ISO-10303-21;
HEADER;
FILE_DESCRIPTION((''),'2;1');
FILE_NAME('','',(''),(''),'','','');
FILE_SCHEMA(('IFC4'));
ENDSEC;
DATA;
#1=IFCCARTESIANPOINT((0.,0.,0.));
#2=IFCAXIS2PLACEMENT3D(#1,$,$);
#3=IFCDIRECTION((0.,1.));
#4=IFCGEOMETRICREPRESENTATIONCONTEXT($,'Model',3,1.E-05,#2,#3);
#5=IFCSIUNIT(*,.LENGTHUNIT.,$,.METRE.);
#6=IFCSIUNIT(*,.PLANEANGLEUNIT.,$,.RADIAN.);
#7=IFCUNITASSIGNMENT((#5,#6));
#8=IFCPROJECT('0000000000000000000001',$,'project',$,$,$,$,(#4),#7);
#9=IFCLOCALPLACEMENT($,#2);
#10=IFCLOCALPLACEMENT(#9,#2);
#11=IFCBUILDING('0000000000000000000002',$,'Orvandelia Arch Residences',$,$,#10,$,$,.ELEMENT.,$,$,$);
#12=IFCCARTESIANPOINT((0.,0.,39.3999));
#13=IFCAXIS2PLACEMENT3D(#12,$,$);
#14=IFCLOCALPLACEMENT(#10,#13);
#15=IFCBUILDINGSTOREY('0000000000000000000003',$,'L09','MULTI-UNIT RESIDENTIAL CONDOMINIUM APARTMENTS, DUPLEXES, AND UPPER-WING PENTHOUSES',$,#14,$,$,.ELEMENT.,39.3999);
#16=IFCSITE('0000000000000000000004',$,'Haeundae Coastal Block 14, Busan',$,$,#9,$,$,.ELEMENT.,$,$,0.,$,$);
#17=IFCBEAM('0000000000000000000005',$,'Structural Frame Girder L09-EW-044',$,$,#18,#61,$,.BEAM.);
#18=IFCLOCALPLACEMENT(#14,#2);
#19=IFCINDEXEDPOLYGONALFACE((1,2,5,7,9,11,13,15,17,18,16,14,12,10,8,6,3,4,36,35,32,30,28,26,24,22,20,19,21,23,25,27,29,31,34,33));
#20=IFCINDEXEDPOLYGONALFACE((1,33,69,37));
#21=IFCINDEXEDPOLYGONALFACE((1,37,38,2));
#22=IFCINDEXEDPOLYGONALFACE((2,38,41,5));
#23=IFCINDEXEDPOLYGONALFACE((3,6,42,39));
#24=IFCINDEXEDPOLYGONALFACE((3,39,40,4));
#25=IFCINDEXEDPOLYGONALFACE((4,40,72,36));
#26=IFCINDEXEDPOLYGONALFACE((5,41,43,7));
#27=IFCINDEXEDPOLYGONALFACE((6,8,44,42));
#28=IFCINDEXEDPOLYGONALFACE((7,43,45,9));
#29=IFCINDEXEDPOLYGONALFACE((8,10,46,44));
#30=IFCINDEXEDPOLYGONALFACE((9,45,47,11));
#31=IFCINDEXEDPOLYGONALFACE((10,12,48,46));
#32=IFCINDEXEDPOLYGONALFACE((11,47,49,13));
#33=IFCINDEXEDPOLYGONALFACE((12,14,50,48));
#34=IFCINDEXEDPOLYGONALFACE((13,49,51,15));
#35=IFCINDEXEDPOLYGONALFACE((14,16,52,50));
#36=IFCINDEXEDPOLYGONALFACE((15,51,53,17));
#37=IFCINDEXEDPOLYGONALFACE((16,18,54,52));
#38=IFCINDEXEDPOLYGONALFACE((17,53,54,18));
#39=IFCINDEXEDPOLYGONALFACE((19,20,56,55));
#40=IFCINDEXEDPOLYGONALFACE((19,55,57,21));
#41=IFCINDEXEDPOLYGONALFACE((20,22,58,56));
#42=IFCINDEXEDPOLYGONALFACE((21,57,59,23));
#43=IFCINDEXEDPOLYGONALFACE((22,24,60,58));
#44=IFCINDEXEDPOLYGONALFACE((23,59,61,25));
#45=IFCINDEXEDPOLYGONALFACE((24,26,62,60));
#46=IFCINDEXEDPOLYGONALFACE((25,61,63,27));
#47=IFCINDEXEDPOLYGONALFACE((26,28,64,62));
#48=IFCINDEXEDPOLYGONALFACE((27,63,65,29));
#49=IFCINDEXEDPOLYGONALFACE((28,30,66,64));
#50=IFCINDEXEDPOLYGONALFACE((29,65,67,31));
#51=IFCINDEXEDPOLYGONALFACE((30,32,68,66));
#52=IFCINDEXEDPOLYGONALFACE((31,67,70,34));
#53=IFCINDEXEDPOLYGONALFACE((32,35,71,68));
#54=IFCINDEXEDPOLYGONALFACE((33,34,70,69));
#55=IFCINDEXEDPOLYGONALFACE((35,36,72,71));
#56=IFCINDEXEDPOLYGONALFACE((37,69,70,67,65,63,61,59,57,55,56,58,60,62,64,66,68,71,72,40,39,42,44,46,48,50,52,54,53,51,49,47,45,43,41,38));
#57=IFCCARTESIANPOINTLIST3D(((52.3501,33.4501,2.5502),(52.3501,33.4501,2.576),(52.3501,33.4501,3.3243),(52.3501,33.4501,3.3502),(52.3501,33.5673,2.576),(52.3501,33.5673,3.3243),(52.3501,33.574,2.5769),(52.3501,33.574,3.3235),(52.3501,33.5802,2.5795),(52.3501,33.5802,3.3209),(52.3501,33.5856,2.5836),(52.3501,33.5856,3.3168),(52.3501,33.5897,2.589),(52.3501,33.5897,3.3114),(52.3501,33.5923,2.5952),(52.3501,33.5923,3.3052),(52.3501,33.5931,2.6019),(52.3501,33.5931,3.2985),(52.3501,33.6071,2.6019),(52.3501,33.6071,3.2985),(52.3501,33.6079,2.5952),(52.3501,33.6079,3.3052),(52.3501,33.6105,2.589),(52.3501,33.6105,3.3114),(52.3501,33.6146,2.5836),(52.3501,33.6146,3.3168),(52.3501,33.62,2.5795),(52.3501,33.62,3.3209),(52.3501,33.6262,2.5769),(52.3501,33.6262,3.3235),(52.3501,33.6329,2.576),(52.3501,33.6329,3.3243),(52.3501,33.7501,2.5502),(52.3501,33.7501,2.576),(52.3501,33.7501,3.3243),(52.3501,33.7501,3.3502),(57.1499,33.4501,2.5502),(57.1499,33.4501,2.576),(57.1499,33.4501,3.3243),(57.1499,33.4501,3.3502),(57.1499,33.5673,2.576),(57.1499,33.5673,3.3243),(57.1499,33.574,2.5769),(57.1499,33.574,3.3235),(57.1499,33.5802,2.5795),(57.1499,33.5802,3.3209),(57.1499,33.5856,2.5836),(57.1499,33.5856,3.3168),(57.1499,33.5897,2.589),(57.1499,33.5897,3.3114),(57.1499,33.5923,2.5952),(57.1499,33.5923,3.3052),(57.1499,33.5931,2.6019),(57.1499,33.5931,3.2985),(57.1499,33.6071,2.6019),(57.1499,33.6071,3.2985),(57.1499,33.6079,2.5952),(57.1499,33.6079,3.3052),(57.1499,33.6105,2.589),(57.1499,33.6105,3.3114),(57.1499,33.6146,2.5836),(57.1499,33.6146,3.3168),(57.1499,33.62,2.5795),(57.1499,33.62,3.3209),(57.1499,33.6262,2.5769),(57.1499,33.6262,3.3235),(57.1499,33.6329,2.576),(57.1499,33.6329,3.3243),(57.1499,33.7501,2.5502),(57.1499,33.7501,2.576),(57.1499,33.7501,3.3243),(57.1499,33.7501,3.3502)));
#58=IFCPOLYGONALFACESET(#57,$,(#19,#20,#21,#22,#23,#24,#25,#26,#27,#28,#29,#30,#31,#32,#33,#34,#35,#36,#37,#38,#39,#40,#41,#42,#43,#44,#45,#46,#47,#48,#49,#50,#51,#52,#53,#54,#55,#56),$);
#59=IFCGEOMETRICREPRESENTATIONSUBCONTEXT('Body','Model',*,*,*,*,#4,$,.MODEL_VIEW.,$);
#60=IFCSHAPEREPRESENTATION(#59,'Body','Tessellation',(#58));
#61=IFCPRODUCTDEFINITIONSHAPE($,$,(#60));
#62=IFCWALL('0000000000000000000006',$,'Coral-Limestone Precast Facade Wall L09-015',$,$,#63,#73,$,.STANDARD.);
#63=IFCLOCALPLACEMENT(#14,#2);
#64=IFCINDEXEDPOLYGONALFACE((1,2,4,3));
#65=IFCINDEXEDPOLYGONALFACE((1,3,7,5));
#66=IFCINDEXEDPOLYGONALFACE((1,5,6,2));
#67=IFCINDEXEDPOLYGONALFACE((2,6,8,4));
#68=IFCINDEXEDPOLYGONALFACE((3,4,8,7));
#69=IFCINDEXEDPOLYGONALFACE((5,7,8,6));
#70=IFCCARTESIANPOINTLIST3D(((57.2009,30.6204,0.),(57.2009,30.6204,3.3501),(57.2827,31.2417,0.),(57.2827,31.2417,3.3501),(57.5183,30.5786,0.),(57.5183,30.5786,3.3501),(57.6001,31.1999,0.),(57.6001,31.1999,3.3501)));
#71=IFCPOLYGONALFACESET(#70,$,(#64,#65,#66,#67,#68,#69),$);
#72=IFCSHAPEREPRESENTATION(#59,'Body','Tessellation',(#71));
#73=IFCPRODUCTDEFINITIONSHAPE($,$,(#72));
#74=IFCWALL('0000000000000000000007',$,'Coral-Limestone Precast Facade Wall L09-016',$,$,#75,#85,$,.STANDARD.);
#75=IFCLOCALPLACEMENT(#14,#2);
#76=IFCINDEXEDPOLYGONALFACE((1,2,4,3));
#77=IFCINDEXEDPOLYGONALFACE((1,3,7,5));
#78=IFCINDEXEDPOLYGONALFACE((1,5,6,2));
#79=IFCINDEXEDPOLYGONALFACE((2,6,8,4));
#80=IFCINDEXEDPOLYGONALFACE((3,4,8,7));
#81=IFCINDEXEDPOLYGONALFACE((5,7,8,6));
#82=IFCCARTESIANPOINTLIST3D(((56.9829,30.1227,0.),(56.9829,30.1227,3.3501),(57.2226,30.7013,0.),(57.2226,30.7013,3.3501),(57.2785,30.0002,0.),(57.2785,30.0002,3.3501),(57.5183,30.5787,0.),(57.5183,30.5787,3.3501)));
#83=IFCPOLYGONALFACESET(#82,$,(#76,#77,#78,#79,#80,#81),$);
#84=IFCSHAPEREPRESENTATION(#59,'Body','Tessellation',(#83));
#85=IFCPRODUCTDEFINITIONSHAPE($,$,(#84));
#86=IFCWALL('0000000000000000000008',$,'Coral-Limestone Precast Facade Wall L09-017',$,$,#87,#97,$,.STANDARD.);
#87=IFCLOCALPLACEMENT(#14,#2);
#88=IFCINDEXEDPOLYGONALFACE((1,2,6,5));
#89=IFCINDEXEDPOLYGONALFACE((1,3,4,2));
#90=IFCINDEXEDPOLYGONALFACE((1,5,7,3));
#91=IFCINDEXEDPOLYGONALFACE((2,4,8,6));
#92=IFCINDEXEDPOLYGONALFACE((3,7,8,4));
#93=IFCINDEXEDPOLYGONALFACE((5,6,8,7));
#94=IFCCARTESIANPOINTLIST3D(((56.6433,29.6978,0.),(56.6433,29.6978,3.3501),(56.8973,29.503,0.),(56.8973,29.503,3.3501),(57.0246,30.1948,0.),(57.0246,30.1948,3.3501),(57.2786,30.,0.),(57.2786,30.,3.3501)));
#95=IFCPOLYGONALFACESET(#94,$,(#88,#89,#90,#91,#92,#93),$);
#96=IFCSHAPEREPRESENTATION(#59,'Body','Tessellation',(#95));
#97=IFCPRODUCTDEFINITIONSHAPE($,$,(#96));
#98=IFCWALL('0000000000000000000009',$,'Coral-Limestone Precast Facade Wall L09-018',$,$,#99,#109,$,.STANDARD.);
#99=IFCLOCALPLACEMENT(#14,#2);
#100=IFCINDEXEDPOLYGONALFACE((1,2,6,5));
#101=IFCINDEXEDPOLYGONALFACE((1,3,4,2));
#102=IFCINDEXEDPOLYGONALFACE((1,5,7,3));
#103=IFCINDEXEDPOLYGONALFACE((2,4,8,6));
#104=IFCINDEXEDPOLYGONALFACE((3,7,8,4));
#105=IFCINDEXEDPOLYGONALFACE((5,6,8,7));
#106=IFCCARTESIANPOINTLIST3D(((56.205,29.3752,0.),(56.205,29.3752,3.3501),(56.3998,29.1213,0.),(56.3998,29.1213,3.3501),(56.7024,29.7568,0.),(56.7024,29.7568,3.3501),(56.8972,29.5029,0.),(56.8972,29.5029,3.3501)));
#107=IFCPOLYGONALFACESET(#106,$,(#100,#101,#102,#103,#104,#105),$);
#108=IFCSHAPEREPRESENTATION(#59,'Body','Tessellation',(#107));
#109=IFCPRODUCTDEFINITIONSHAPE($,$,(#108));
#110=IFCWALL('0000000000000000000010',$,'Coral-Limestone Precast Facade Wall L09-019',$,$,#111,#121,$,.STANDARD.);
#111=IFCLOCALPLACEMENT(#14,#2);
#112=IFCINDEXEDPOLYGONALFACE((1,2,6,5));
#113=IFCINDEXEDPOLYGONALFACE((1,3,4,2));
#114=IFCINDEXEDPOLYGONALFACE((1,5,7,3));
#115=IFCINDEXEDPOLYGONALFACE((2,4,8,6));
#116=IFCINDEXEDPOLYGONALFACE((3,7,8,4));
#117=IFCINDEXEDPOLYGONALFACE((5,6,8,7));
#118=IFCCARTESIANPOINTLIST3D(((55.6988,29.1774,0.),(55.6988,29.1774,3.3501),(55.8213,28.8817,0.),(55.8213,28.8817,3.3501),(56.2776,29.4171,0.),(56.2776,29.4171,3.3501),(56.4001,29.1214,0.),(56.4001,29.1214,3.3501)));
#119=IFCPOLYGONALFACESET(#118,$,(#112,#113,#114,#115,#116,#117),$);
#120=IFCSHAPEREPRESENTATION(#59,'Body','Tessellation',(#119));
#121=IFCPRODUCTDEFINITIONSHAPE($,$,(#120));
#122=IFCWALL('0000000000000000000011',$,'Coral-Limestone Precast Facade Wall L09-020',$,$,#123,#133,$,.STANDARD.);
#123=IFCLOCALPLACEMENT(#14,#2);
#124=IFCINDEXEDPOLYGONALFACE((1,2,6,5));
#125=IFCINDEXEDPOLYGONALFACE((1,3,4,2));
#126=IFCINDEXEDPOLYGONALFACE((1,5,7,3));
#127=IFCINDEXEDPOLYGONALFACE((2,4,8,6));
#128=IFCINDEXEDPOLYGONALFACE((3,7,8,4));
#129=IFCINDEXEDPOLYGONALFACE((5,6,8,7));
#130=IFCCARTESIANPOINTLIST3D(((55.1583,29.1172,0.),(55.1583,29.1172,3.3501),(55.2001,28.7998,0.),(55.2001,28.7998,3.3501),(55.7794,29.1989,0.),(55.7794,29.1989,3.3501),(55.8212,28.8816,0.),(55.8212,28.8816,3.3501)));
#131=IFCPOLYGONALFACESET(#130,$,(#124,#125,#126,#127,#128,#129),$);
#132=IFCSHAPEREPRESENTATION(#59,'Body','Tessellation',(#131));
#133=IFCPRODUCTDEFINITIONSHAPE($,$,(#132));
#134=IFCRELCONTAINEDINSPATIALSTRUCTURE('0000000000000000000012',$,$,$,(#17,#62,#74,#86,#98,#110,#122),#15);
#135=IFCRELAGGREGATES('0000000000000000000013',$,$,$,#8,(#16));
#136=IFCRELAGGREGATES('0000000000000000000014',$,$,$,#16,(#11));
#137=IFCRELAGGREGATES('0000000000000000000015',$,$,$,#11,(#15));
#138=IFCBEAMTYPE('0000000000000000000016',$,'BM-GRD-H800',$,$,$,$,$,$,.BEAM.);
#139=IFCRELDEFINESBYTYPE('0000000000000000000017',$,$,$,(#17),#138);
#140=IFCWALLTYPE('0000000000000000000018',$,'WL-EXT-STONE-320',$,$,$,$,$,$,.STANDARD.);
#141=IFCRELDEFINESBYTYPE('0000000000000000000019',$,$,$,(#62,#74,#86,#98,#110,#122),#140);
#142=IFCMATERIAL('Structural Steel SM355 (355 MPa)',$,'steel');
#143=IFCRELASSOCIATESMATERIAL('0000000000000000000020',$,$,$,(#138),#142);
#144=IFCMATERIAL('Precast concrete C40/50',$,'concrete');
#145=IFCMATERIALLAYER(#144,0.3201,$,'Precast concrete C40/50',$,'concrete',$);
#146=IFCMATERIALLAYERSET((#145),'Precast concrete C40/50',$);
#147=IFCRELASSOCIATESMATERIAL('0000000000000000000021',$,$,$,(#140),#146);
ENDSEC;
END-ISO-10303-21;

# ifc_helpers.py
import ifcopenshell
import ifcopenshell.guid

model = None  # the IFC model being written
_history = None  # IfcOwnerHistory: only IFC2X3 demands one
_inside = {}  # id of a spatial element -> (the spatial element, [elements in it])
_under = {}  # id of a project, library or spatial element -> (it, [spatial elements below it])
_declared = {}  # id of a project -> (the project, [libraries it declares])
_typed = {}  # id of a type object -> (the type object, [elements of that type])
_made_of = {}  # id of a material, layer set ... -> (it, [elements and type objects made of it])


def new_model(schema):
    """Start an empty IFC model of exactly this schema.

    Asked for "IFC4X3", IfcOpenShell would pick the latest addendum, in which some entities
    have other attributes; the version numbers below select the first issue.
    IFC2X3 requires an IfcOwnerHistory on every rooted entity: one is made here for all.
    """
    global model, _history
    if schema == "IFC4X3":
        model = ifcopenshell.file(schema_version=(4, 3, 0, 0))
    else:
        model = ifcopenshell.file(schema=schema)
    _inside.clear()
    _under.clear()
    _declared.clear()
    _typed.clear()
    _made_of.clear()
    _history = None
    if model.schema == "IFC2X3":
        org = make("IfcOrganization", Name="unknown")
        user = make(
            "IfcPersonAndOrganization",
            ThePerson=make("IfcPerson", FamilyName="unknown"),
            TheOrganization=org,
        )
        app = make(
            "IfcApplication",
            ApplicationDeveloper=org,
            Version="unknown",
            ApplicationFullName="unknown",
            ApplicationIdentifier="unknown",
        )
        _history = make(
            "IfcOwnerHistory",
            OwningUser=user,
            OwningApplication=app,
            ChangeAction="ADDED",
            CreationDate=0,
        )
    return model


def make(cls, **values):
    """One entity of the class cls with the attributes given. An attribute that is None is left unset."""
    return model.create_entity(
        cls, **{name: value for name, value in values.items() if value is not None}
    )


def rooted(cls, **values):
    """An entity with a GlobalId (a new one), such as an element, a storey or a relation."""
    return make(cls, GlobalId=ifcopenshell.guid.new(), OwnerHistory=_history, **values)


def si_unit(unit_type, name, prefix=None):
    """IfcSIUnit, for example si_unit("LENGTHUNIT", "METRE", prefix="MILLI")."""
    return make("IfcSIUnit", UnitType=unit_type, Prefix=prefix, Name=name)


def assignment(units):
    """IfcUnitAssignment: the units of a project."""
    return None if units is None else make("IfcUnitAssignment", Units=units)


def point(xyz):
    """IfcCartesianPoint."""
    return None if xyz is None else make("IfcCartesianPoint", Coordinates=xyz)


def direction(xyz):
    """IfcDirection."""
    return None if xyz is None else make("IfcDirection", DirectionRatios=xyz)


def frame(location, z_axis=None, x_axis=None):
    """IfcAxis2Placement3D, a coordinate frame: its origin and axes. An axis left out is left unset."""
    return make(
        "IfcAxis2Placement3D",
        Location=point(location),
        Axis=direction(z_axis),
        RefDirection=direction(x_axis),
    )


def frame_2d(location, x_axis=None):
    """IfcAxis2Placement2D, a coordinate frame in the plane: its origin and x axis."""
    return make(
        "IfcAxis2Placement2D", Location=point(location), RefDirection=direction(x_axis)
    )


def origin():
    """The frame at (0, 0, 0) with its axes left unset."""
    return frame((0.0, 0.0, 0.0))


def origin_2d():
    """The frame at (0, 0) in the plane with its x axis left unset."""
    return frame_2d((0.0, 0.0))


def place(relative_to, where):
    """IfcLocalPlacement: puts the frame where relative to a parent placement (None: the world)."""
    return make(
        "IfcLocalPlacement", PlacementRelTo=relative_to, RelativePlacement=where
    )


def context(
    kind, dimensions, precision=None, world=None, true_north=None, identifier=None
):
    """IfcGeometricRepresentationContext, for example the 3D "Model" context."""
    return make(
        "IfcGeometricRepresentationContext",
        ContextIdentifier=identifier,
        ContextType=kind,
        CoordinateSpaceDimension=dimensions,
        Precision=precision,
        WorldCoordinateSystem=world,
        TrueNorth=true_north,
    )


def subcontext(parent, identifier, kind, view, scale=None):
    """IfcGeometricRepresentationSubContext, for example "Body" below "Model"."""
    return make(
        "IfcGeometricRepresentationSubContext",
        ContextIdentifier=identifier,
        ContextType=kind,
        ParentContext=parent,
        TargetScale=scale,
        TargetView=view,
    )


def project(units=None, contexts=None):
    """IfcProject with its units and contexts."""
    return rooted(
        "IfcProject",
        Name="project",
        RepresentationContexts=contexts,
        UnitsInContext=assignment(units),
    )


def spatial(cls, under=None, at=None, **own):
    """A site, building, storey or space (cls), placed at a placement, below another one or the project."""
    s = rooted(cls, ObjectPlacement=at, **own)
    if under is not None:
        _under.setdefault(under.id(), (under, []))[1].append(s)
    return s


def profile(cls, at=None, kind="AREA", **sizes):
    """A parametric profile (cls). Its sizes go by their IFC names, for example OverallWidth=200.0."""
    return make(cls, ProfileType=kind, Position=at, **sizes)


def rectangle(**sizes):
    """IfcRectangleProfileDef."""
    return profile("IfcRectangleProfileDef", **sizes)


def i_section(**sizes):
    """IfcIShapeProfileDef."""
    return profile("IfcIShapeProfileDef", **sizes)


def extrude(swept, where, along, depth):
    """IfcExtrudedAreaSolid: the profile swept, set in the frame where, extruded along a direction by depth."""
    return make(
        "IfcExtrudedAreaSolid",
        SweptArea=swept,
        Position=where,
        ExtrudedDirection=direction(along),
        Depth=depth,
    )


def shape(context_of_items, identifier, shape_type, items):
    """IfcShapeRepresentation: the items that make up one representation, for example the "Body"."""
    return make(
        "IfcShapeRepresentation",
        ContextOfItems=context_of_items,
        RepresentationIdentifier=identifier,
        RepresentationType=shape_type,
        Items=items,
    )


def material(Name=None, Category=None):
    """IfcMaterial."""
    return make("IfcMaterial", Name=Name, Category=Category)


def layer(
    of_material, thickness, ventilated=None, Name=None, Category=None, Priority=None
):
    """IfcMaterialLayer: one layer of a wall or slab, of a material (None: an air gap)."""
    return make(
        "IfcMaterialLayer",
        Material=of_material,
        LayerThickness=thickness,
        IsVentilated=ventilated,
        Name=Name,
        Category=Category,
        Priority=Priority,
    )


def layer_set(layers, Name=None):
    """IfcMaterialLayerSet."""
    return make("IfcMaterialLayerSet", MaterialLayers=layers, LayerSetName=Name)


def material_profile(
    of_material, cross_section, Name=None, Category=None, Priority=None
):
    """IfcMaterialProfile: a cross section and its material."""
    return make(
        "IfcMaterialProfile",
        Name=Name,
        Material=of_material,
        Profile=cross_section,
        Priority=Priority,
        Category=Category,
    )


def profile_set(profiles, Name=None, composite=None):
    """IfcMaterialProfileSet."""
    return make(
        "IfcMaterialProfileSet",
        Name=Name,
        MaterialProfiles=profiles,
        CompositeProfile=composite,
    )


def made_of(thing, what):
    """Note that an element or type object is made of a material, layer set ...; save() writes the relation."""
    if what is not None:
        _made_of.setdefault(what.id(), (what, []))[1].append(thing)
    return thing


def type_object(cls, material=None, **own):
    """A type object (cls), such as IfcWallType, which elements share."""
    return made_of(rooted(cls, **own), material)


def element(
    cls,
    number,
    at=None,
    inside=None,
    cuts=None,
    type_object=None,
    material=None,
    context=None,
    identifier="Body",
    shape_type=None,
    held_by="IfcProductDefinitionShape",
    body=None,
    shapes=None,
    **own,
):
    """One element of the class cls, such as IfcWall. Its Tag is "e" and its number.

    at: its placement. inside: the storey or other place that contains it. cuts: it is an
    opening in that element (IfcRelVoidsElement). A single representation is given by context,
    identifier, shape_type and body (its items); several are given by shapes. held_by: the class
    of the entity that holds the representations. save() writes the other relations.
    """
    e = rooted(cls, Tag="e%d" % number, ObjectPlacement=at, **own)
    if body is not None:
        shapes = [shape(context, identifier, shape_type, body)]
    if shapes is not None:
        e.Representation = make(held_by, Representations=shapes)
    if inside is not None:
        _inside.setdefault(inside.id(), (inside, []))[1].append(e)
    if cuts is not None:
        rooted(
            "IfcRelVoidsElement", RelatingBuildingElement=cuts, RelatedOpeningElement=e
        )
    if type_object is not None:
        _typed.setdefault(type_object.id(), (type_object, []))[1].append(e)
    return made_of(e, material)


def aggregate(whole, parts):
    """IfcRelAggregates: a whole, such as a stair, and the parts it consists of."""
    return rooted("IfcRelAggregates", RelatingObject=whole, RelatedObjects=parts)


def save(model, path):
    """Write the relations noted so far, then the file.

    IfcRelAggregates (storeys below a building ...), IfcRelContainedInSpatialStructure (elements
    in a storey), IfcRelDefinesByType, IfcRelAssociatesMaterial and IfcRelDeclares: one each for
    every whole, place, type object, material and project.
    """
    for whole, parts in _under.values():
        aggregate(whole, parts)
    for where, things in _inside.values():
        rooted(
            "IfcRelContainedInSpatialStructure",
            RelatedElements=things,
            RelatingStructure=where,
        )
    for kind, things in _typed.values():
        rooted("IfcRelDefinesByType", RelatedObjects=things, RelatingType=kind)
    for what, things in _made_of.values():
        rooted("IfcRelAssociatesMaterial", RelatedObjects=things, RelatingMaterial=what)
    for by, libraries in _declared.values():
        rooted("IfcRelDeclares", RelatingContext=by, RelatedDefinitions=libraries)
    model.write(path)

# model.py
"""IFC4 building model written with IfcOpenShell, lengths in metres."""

from ifc_helpers import new_model, si_unit, direction, frame, frame_2d, origin, origin_2d, place, context, subcontext, project, spatial, rectangle, i_section, extrude, material, layer, layer_set, material_profile, profile_set, type_object, element, save


model = new_model("IFC4")

# Units and contexts
model_context = context("Model", 3, precision=1e-05, world=origin(), true_north=direction((0.0, 1.0)))
body_context = subcontext(model_context, "Body", "Model", "MODEL_VIEW")
ifc_project = project(units=[si_unit("LENGTHUNIT", "METRE"), si_unit("PLANEANGLEUNIT", "RADIAN")], contexts=[model_context])

# Site, building, storey
site_placement = place(None, origin())
site = spatial("IfcSite", under=ifc_project, at=site_placement, Name="Haeundae Coastal Block 14, Busan", CompositionType="ELEMENT", RefElevation=0.0)
building_placement = place(site_placement, origin())
building = spatial("IfcBuilding", under=site, at=building_placement, Name="Orvandelia Arch Residences", CompositionType="ELEMENT")
storey_placement = place(building_placement, frame((0.0, 0.0, 39.3999)))
storey = spatial("IfcBuildingStorey", under=building, at=storey_placement, Name="L09", Description="MULTI-UNIT RESIDENTIAL CONDOMINIUM APARTMENTS, DUPLEXES, AND UPPER-WING PENTHOUSES", CompositionType="ELEMENT", Elevation=39.3999)

# Beam
ifc_material_1 = material(Name="Structural Steel SM355 (355 MPa)", Category="steel")
ifc_material_profile_1 = material_profile(ifc_material_1, i_section(OverallWidth=0.3, OverallDepth=0.8, WebThickness=0.0139, FlangeThickness=0.0259, FilletRadius=0.0259, at=origin_2d()), Name="Structural Steel SM355 (355 MPa)", Category="steel")
ifc_profile_set_1 = profile_set([ifc_material_profile_1], Name="Structural Steel SM355 (355 MPa)")
beam_type = type_object("IfcBeamType", Name="BM-GRD-H800", PredefinedType="BEAM", material=ifc_profile_set_1)
for number, where, z_axis, x_axis, name in (
    (1, (52.3501, 33.6001, 2.9502), (1.0, 0.0, 0.0), (0.0, 1.0, 0.0), "Structural Frame Girder L09-EW-044"),
):
    element("IfcBeam", number, at=place(storey_placement, frame(where, z_axis=z_axis, x_axis=x_axis)), inside=storey, type_object=beam_type, Name=name, PredefinedType="BEAM", context=body_context, shape_type="SweptSolid", body=[
        extrude(i_section(OverallWidth=0.3, OverallDepth=0.8, WebThickness=0.0139, FlangeThickness=0.0259, FilletRadius=0.0259, at=origin_2d()), origin(), (0.0, 0.0, 1.0), 4.7998),
    ])

# Walls
ifc_material_2 = material(Name="Precast concrete C40/50", Category="concrete")
ifc_layer_1 = layer(ifc_material_2, 0.3201, Name="Precast concrete C40/50", Category="concrete")
ifc_layer_set_1 = layer_set([ifc_layer_1], Name="Precast concrete C40/50")
wall_type_1 = type_object("IfcWallType", Name="WL-EXT-STONE-320", PredefinedType="STANDARD", material=ifc_layer_set_1)
wall_1_placement = place(storey_placement, frame((57.4414, 31.2209, 0.0), z_axis=(0.0, 0.0, 1.0), x_axis=(-0.130505, -0.991448, 0.0)))
element("IfcWall", 2, at=wall_1_placement, inside=storey, type_object=wall_type_1, Name="Coral-Limestone Precast Facade Wall L09-015", PredefinedType="STANDARD", context=body_context, shape_type="SweptSolid", body=[
    extrude(rectangle(XDim=0.6267, YDim=0.3201, at=frame_2d((0.3135, 0.0))), origin(), (0.0, 0.0, 1.0), 3.3501),
])
wall_2_placement = place(storey_placement, frame((57.3704, 30.6399, 0.0), z_axis=(0.0, 0.0, 1.0), x_axis=(-0.382788, -0.923836, 0.0)))
element("IfcWall", 3, at=wall_2_placement, inside=storey, type_object=wall_type_1, Name="Coral-Limestone Precast Facade Wall L09-016", PredefinedType="STANDARD", context=body_context, shape_type="SweptSolid", body=[
    extrude(rectangle(XDim=0.6262, YDim=0.3201, at=frame_2d((0.313, 0.0))), origin(), (0.0, 0.0, 1.0), 3.3501),
])
wall_3_placement = place(storey_placement, frame((57.1516, 30.0974, 0.0), z_axis=(0.0, 0.0, 1.0), x_axis=(-0.608693, -0.793406, 0.0)))
element("IfcWall", 4, at=wall_3_placement, inside=storey, type_object=wall_type_1, Name="Coral-Limestone Precast Facade Wall L09-017", PredefinedType="STANDARD", context=body_context, shape_type="SweptSolid", body=[
    extrude(rectangle(XDim=0.6265, YDim=0.3201, at=frame_2d((0.3132, 0.0))), origin(), (0.0, 0.0, 1.0), 3.3501),
])
wall_4_placement = place(storey_placement, frame((56.7998, 29.6299, 0.0), z_axis=(0.0, 0.0, 1.0), x_axis=(-0.793362, -0.60875, 0.0)))
element("IfcWall", 5, at=wall_4_placement, inside=storey, type_object=wall_type_1, Name="Coral-Limestone Precast Facade Wall L09-018", PredefinedType="STANDARD", context=body_context, shape_type="SweptSolid", body=[
    extrude(rectangle(XDim=0.627, YDim=0.3201, at=frame_2d((0.3135, 0.0))), origin(), (0.0, 0.0, 1.0), 3.3501),
])
for number, where, z_axis, x_axis, name in (
    (6, (56.3389, 29.2693, 0.0), (0.0, 0.0, 1.0), (-0.923893, -0.38265, 0.0), "Coral-Limestone Precast Facade Wall L09-019"),
    (7, (55.8003, 29.0403, 0.0), (0.0, 0.0, 1.0), (-0.991441, -0.130555, 0.0), "Coral-Limestone Precast Facade Wall L09-020"),
):
    element("IfcWall", number, at=place(storey_placement, frame(where, z_axis=z_axis, x_axis=x_axis)), inside=storey, type_object=wall_type_1, Name=name, PredefinedType="STANDARD", context=body_context, shape_type="SweptSolid", body=[
        extrude(rectangle(XDim=0.6265, YDim=0.3201, at=frame_2d((0.3132, 0.0))), origin(), (0.0, 0.0, 1.0), 3.3501),
    ])

save(model, "model.ifc")
